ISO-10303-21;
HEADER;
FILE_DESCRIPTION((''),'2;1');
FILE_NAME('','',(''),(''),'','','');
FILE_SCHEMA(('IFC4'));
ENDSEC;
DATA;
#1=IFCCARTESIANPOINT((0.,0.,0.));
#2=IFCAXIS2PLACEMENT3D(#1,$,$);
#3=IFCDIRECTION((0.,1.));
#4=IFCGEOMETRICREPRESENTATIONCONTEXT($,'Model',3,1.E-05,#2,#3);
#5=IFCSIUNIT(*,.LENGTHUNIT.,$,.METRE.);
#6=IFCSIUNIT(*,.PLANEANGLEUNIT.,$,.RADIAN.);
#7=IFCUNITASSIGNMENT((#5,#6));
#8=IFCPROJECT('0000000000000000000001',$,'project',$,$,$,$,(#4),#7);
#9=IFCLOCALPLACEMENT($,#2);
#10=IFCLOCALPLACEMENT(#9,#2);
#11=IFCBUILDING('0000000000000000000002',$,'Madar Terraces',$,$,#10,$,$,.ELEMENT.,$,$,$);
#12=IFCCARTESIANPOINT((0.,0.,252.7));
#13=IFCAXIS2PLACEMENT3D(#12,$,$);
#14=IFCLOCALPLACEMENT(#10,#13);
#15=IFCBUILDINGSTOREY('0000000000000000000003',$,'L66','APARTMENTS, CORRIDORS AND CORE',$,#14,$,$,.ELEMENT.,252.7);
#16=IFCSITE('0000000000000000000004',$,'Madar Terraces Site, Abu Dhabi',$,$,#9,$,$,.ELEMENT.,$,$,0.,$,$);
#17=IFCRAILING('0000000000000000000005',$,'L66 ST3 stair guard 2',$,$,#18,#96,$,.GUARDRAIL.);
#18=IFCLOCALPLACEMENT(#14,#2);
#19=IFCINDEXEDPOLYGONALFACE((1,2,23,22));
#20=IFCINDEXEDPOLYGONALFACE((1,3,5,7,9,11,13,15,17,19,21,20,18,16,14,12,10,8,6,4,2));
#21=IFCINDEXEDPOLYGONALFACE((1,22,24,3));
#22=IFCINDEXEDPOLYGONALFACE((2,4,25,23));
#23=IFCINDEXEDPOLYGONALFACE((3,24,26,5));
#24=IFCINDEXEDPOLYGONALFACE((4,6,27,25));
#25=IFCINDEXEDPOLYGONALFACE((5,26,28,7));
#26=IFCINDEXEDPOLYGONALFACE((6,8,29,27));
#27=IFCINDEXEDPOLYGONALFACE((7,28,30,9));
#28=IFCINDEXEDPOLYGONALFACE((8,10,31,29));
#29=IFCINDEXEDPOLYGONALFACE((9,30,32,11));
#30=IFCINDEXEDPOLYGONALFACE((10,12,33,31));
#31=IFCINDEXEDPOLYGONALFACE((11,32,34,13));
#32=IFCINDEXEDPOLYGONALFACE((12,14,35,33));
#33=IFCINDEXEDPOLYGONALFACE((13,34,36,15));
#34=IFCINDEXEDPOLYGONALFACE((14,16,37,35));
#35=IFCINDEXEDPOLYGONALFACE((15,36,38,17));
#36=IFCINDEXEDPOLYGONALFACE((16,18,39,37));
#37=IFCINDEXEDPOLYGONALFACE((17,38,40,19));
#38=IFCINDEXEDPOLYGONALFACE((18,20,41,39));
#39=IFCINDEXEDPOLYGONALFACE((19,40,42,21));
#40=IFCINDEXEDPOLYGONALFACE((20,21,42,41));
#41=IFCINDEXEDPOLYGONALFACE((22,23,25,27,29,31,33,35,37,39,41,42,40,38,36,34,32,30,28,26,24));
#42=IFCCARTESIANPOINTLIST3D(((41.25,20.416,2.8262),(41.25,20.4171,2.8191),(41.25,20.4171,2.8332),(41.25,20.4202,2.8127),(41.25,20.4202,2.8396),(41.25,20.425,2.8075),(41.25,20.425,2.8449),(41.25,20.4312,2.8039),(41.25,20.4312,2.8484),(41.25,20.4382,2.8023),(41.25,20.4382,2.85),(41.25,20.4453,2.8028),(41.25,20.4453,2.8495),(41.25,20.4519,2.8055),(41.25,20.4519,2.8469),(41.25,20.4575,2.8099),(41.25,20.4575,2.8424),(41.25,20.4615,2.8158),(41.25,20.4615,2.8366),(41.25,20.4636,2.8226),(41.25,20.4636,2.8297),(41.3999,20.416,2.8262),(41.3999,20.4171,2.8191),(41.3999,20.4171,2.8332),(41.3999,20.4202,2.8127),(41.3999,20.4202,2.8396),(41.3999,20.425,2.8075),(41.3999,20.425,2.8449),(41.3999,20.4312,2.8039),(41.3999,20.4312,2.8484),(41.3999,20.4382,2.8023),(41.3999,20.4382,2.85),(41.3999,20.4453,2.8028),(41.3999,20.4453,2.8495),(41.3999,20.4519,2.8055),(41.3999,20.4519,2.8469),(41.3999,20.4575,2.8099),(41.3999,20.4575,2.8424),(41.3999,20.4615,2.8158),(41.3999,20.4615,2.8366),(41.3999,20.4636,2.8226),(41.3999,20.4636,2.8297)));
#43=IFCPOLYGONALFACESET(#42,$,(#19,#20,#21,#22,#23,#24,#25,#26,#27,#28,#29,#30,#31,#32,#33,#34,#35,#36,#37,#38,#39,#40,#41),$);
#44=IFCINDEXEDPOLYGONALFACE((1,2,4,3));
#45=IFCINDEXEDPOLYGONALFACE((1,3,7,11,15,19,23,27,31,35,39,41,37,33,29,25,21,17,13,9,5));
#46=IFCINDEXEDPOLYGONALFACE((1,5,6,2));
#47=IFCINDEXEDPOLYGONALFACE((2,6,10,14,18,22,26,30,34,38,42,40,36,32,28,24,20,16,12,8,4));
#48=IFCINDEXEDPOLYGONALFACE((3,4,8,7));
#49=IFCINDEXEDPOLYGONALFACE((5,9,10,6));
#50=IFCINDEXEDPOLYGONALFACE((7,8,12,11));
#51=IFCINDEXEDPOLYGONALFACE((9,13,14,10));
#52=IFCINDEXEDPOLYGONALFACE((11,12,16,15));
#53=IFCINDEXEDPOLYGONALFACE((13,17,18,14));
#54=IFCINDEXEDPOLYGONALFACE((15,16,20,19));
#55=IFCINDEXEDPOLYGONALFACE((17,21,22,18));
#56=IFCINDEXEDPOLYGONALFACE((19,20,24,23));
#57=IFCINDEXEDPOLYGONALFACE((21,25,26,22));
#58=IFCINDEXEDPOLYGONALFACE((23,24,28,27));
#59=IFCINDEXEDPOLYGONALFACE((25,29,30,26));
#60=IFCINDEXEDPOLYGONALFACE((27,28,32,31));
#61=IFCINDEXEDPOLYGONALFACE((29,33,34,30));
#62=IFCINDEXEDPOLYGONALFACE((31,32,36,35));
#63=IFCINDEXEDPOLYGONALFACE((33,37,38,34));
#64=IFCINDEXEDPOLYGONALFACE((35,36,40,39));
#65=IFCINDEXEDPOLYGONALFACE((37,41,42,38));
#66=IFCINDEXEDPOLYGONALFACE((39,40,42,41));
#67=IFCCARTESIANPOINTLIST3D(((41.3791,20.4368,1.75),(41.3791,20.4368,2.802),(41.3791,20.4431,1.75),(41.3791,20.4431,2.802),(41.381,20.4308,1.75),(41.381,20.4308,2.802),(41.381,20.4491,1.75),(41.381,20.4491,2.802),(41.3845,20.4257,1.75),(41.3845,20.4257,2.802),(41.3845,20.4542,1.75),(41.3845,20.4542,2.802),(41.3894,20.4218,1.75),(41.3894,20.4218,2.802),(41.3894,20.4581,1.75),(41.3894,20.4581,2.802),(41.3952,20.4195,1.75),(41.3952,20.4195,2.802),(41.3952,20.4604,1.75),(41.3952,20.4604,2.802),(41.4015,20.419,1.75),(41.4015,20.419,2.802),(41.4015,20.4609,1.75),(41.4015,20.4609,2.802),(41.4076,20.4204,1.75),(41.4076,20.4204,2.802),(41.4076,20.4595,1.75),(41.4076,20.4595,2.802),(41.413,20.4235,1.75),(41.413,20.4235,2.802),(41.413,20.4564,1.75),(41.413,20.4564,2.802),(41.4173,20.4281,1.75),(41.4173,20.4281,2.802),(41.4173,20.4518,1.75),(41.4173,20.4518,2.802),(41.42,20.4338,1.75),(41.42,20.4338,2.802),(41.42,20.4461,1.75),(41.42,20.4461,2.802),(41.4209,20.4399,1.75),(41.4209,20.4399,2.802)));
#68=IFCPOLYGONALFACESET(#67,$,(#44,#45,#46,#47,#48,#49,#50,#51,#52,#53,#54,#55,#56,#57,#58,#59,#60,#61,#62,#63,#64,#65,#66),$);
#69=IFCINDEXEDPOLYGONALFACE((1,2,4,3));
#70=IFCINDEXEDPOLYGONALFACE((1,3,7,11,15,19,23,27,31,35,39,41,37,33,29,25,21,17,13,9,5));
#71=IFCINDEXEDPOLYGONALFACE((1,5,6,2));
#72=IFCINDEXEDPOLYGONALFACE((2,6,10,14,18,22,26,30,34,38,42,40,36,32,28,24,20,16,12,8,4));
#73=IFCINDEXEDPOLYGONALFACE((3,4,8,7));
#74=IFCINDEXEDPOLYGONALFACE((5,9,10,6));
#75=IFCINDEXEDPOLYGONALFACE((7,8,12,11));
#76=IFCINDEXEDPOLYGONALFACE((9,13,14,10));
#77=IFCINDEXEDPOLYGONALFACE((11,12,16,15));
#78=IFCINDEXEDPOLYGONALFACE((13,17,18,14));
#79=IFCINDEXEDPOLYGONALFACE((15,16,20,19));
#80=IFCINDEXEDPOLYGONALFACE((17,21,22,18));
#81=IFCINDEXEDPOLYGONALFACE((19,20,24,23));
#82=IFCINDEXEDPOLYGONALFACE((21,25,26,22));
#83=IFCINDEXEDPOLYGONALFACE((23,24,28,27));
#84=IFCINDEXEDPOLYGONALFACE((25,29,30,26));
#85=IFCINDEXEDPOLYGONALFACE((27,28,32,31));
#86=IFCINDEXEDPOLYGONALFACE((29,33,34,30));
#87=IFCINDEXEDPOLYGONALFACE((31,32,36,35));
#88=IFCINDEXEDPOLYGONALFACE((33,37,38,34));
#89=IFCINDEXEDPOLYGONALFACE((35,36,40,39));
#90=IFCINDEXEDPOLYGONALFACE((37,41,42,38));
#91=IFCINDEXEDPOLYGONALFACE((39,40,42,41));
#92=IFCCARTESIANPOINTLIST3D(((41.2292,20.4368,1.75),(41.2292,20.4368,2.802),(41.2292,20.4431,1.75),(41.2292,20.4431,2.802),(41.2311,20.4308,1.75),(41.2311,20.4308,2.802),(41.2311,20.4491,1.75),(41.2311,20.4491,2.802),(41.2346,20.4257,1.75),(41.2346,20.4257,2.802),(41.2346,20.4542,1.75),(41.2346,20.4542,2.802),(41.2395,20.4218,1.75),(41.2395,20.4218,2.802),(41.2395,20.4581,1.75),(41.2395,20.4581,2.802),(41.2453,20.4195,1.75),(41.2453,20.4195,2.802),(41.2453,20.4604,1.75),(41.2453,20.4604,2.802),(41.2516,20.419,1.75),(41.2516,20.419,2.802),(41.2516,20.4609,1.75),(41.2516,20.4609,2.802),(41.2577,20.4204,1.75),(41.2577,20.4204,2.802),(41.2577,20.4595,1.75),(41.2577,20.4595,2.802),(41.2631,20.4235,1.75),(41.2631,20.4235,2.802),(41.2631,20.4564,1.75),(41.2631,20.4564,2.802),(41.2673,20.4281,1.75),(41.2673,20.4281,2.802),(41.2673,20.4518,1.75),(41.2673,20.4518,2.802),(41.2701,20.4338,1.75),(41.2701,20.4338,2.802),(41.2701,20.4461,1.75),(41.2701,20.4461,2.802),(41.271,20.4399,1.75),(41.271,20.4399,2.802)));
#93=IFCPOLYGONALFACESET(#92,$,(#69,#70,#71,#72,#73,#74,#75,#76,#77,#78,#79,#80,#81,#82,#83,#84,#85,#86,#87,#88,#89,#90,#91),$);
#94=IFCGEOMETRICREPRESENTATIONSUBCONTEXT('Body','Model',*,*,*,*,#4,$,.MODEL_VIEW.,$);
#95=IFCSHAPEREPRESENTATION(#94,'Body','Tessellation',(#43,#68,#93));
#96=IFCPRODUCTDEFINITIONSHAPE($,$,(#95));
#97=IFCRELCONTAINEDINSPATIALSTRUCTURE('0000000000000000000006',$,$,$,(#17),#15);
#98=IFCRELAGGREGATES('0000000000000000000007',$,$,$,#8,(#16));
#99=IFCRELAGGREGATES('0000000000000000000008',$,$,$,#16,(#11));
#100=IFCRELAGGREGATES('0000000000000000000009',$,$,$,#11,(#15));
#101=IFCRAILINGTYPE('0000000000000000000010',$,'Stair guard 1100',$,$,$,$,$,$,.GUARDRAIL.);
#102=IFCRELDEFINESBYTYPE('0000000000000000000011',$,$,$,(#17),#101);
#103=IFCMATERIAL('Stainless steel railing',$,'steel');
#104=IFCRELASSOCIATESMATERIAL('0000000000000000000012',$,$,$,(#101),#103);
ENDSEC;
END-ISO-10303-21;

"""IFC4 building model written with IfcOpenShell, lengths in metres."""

from ifc_helpers import new_model, si_unit, direction, frame, origin, origin_2d, place, context, subcontext, project, spatial, circle, extrude, material, type_object, element, save


model = new_model("IFC4")

# Units and contexts
model_context = context("Model", 3, precision=1e-05, world=origin(), true_north=direction((0.0, 1.0)))
body_context = subcontext(model_context, "Body", "Model", "MODEL_VIEW")
ifc_project = project(units=[si_unit("LENGTHUNIT", "METRE"), si_unit("PLANEANGLEUNIT", "RADIAN")], contexts=[model_context])

# Site, building, storey
site_placement = place(None, origin())
site = spatial("IfcSite", under=ifc_project, at=site_placement, Name="Madar Terraces Site, Abu Dhabi", CompositionType="ELEMENT", RefElevation=0.0)
building_placement = place(site_placement, origin())
building = spatial("IfcBuilding", under=site, at=building_placement, Name="Madar Terraces", CompositionType="ELEMENT")
storey_placement = place(building_placement, frame((0.0, 0.0, 252.7)))
storey = spatial("IfcBuildingStorey", under=building, at=storey_placement, Name="L66", Description="APARTMENTS, CORRIDORS AND CORE", CompositionType="ELEMENT", Elevation=252.7)

# Railing
ifc_material_1 = material(Name="Stainless steel railing", Category="steel")
railing_type_1 = type_object("IfcRailingType", Name="Stair guard 1100", PredefinedType="GUARDRAIL", material=ifc_material_1)
railing_1_placement = place(storey_placement, frame((41.3999, 20.4399, 1.75)))
element("IfcRailing", 1, at=railing_1_placement, inside=storey, type_object=railing_type_1, Name="L66 ST3 stair guard 2", PredefinedType="GUARDRAIL", context=body_context, shape_type="SweptSolid", body=[
    extrude(circle(Radius=0.0239, at=origin_2d()), frame((0.0, 0.0, 1.0762), z_axis=(-1.0, 0.0, 0.0), x_axis=(0.0, -1.0, 0.0)), (0.0, 0.0, 1.0), 0.1499),
    extrude(circle(Radius=0.021, at=origin_2d()), origin(), (0.0, 0.0, 1.0), 1.052),
    extrude(circle(Radius=0.021, at=origin_2d()), frame((-0.1499, 0.0, 0.0)), (0.0, 0.0, 1.0), 1.052),
])

save(model, "model.ifc")
